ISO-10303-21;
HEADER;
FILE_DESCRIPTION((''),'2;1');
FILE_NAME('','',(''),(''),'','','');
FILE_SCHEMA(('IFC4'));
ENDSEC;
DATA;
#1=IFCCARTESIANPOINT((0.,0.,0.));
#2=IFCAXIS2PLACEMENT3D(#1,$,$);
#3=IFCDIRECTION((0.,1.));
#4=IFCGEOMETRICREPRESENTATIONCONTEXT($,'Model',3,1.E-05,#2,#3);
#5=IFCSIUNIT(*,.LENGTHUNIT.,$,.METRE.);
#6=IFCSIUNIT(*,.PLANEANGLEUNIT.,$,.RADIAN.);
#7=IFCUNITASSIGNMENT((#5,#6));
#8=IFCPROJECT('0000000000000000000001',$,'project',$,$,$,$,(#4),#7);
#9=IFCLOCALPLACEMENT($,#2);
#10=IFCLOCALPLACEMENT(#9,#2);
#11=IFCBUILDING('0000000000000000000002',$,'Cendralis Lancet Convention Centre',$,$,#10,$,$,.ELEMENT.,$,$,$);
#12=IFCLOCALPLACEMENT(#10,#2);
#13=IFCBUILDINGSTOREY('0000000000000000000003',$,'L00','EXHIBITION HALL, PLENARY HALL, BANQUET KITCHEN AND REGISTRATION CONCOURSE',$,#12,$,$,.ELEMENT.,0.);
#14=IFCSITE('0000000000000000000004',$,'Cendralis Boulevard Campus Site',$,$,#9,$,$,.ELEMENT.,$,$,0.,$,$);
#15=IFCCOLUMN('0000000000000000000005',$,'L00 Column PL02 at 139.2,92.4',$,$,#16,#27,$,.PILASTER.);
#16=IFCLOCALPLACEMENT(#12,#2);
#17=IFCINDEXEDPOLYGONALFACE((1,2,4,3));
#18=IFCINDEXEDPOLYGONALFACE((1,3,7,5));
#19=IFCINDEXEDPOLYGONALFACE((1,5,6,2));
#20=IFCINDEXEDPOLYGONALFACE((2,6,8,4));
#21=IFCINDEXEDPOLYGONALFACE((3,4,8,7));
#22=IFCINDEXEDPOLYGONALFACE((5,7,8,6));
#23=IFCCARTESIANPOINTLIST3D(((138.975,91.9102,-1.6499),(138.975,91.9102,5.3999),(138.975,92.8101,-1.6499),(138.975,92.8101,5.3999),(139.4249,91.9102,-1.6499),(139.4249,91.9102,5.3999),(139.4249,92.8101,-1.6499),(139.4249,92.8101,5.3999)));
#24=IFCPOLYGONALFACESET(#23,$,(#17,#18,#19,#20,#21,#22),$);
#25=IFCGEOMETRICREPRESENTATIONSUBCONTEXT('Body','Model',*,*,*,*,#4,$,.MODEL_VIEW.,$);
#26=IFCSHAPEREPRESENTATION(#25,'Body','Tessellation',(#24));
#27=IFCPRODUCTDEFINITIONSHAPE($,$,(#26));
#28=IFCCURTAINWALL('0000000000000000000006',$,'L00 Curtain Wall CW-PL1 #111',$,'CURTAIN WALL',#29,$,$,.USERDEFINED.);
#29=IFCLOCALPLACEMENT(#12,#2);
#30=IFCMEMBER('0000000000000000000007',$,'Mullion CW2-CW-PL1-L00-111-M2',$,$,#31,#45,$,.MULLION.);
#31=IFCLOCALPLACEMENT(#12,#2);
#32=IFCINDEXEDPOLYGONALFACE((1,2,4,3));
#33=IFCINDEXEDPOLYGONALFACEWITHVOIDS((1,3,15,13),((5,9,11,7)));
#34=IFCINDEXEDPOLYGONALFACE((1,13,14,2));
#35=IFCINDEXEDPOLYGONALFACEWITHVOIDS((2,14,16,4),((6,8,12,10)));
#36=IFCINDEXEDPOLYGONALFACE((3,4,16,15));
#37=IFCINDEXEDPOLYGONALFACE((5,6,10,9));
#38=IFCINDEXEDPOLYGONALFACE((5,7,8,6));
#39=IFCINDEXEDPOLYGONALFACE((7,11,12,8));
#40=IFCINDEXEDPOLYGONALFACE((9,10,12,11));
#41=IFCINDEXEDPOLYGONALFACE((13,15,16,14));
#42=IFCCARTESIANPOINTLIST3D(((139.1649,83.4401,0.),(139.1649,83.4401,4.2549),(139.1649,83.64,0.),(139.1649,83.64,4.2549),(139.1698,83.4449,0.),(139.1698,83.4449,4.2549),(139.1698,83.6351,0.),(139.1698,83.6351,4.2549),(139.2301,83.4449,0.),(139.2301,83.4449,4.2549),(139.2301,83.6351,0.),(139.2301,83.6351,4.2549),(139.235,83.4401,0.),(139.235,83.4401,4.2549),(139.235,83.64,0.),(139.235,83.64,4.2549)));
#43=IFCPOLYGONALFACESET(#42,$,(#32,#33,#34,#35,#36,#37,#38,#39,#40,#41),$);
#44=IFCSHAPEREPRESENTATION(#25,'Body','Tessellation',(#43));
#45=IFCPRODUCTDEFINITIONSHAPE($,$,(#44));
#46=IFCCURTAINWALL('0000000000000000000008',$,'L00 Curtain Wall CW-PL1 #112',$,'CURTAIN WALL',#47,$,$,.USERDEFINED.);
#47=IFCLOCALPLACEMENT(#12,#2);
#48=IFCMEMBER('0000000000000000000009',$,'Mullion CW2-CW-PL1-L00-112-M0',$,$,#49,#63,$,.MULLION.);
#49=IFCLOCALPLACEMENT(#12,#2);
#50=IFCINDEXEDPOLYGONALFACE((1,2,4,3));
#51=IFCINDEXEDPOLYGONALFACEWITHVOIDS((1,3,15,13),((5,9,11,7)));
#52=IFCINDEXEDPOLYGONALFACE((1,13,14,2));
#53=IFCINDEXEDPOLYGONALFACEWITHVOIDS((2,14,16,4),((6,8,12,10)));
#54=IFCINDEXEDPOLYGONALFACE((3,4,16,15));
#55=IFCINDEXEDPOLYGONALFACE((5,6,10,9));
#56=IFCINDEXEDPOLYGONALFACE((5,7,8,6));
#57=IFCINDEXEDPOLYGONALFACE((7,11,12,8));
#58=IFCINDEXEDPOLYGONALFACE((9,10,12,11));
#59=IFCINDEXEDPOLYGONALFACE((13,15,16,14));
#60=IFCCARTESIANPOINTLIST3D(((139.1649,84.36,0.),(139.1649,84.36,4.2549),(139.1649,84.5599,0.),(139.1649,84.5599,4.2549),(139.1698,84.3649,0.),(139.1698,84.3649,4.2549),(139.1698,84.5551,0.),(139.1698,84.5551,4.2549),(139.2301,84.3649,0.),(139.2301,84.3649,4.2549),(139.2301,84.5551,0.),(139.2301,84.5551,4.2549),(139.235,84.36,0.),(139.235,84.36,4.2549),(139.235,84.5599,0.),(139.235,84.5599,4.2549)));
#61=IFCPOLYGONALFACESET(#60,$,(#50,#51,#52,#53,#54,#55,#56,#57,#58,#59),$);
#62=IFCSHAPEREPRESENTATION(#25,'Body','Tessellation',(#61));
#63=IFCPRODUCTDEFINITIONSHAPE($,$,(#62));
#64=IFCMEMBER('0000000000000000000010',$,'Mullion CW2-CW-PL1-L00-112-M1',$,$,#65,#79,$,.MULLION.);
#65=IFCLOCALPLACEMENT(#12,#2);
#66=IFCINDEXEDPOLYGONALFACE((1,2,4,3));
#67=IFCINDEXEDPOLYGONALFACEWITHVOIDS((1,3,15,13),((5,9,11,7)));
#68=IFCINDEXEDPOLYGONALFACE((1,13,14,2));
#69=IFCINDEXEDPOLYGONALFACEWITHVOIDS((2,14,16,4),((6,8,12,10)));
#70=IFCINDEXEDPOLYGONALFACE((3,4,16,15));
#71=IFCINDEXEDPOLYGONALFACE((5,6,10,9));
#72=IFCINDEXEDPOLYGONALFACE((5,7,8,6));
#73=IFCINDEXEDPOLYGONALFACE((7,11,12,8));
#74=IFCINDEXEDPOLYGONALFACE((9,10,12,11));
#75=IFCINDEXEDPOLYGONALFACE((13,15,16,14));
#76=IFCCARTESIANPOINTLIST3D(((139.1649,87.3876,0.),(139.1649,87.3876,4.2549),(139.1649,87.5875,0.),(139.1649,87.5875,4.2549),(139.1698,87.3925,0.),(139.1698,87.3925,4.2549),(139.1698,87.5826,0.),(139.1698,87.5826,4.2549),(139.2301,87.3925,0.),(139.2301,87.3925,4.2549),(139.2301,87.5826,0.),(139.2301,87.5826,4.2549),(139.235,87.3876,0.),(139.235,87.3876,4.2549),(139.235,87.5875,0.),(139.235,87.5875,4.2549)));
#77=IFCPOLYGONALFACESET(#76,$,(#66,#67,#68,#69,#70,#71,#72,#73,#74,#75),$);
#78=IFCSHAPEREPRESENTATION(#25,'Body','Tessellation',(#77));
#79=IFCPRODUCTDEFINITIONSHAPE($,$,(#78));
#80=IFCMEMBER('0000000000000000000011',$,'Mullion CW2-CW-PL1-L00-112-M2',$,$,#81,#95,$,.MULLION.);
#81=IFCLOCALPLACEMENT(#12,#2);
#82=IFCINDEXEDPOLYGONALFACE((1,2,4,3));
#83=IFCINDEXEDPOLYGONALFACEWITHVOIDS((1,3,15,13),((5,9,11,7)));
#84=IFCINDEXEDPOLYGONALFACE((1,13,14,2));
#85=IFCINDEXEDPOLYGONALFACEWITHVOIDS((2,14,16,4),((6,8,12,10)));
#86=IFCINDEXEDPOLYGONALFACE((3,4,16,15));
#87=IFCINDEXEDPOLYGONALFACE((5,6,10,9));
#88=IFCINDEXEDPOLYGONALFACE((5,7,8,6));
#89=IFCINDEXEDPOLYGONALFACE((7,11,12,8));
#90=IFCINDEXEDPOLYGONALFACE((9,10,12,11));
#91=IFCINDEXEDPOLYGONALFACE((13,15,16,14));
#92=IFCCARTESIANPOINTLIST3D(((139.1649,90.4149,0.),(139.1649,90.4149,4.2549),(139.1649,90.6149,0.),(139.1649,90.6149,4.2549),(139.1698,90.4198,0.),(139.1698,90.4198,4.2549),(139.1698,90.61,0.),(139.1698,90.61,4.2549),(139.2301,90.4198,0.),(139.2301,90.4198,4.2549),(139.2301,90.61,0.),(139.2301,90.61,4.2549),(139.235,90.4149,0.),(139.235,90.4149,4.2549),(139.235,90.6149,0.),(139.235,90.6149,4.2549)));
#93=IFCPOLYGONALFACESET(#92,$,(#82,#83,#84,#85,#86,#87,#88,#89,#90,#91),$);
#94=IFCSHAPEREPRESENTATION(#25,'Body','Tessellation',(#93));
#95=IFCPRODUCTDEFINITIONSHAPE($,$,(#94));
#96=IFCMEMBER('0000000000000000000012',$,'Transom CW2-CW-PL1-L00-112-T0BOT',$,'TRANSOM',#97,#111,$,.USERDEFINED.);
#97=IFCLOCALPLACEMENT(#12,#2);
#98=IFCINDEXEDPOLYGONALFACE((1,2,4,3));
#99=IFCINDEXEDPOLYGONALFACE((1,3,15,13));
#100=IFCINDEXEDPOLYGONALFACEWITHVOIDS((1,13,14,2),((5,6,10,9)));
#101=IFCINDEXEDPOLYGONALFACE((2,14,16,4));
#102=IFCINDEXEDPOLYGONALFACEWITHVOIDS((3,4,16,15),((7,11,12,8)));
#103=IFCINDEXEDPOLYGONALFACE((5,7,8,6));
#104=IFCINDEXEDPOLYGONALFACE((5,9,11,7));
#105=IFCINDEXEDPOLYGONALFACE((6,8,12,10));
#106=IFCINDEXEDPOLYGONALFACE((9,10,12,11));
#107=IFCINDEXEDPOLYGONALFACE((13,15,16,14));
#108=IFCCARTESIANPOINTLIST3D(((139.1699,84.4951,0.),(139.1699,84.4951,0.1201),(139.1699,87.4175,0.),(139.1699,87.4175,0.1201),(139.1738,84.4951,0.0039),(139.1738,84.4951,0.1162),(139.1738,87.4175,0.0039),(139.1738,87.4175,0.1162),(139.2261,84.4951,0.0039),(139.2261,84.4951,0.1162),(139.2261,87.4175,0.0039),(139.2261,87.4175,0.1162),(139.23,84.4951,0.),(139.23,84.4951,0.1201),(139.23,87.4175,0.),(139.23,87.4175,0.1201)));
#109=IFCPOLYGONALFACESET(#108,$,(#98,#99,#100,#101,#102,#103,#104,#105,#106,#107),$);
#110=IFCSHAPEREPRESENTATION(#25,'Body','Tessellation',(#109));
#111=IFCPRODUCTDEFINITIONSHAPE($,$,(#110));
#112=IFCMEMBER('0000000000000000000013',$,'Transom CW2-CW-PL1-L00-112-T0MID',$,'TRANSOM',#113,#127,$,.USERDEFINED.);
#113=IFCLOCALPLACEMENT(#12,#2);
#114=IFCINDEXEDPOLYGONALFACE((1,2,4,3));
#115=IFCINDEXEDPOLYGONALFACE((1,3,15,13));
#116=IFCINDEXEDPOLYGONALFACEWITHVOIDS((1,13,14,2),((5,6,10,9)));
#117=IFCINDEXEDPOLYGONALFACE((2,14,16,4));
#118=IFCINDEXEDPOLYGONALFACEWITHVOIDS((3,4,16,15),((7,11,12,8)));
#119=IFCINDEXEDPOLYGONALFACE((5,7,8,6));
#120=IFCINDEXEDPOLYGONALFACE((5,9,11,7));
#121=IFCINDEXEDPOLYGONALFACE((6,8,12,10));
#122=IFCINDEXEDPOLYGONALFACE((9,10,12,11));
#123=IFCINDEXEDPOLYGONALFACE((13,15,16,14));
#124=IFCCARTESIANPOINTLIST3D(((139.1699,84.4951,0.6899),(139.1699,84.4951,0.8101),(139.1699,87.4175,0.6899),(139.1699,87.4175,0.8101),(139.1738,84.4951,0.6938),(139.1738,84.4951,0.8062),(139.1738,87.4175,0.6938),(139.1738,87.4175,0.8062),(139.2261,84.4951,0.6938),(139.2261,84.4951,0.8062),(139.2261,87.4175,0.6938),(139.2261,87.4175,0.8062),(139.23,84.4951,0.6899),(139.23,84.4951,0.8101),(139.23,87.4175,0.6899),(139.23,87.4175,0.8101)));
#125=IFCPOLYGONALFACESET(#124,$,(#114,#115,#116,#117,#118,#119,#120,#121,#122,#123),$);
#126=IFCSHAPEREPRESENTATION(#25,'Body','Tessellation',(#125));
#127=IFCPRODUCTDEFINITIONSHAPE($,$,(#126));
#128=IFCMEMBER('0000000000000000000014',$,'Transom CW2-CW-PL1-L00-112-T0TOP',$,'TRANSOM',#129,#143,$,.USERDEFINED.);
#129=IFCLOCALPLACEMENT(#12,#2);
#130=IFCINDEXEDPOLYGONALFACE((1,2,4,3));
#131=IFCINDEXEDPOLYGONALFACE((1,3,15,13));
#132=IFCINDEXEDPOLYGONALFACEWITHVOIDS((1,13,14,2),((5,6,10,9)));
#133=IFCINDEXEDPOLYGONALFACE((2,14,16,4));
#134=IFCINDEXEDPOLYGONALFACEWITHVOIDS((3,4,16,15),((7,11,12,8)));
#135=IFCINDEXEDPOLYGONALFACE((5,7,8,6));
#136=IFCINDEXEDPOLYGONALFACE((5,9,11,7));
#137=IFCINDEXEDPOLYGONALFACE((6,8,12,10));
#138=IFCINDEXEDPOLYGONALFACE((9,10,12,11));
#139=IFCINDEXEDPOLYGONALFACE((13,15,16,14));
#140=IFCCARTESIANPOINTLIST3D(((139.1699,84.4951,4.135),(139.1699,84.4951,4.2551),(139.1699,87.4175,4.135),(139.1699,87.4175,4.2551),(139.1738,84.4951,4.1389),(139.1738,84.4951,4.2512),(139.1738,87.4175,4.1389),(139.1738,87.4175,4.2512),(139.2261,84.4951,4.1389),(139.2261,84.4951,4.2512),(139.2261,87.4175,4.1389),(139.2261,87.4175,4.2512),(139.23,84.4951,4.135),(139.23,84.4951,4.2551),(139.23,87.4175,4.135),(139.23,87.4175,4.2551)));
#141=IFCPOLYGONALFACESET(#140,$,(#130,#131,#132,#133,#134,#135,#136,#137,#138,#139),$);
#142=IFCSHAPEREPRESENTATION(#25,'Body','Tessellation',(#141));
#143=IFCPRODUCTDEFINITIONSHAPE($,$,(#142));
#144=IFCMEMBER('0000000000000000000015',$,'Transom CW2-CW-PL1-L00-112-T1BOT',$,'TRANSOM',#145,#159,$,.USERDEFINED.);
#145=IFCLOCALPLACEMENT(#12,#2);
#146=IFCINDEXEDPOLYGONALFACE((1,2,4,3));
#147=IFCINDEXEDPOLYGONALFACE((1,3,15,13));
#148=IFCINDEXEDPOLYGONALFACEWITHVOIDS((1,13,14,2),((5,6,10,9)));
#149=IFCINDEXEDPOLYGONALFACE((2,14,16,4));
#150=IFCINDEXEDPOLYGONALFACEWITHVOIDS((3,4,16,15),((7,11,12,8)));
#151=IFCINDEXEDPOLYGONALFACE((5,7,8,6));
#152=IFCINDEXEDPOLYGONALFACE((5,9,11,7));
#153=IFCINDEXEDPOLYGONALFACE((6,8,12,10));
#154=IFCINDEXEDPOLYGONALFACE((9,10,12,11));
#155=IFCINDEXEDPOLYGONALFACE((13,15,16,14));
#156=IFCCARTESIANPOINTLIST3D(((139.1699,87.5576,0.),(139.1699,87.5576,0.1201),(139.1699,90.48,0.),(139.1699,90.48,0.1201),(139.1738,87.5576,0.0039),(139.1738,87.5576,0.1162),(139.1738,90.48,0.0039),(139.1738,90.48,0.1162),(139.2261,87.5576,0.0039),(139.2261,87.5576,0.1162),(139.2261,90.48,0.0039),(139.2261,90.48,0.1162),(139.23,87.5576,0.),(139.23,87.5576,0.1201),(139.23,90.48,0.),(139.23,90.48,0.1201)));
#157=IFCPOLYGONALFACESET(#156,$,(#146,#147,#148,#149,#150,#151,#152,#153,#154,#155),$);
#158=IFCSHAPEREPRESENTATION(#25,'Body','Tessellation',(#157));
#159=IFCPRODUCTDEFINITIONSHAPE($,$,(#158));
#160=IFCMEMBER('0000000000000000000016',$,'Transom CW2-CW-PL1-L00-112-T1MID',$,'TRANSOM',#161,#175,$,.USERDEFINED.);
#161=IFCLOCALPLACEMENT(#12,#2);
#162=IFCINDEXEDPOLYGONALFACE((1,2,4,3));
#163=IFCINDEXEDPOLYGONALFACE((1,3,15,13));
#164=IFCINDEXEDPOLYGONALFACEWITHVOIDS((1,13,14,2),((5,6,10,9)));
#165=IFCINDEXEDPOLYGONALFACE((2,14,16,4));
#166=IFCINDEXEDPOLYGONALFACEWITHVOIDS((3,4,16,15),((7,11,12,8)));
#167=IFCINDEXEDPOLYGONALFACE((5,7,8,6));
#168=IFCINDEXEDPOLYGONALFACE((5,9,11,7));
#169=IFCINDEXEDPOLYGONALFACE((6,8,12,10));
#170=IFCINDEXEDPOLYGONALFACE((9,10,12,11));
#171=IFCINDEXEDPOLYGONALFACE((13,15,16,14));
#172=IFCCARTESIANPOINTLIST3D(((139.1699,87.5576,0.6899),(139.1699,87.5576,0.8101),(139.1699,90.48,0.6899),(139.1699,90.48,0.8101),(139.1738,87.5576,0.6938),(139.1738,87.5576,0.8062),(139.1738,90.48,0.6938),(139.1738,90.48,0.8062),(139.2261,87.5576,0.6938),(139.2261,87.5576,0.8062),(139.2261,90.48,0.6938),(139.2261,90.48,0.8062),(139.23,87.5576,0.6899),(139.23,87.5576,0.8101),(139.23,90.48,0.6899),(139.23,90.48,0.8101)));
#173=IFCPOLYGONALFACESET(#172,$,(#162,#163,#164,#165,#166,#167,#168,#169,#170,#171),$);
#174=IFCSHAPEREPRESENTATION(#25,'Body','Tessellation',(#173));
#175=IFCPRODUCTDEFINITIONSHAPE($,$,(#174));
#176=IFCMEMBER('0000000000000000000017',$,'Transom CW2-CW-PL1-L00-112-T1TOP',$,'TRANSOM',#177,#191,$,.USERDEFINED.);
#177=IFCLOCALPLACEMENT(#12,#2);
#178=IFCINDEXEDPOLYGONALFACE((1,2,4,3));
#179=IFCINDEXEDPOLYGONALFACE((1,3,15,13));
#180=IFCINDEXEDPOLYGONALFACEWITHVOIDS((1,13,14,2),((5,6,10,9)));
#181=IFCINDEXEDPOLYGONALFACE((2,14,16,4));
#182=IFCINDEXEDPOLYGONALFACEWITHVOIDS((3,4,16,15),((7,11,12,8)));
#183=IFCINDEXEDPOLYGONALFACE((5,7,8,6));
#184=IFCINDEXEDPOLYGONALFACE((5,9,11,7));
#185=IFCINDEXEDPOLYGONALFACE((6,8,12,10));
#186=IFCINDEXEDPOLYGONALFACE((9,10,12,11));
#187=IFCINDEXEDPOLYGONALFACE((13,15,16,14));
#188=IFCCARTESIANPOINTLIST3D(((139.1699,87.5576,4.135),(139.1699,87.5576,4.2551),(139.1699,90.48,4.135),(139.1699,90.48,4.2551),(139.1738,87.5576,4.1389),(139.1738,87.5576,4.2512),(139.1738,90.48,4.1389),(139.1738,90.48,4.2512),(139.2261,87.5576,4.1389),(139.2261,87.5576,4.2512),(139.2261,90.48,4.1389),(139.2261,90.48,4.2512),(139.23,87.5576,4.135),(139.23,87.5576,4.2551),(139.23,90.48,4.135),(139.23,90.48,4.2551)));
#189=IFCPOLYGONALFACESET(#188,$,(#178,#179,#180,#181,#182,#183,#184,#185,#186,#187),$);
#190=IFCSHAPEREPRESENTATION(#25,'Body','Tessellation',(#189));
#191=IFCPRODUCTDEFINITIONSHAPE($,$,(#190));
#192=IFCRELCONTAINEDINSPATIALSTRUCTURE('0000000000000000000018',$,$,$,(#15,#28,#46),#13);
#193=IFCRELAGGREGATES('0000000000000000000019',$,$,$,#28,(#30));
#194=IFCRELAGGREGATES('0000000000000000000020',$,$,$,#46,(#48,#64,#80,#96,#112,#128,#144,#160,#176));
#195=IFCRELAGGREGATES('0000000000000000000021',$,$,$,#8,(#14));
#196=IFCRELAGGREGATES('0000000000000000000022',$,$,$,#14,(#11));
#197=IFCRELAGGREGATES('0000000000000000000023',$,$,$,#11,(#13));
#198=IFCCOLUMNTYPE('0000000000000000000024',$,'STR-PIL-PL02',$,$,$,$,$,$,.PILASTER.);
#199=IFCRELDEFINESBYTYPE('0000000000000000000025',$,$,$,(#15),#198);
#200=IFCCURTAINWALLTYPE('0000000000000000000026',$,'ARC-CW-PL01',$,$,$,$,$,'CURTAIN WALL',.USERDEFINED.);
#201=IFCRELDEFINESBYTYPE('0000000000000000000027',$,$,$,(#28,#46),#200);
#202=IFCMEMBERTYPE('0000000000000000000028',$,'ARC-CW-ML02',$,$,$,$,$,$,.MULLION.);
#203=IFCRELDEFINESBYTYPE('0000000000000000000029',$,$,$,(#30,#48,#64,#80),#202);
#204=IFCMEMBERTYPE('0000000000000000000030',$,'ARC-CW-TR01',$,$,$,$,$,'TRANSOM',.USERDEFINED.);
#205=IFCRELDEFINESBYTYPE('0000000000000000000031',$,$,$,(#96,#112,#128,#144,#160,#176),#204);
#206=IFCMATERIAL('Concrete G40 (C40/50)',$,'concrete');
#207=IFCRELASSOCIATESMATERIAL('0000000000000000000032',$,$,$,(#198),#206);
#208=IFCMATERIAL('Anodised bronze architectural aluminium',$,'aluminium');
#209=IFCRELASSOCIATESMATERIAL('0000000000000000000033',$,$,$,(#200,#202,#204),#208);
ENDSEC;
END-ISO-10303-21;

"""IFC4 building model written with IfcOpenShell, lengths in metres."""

from ifc_helpers import new_model, si_unit, direction, frame, origin, origin_2d, place, context, subcontext, project, spatial, rectangle, hollow_rectangle, extrude, material, material_profile, profile_set, type_object, element, aggregate, save


model = new_model("IFC4")

# Units and contexts
model_context = context("Model", 3, precision=1e-05, world=origin(), true_north=direction((0.0, 1.0)))
body_context = subcontext(model_context, "Body", "Model", "MODEL_VIEW")
ifc_project = project(units=[si_unit("LENGTHUNIT", "METRE"), si_unit("PLANEANGLEUNIT", "RADIAN")], contexts=[model_context])

# Site, building, storey
site_placement = place(None, origin())
site = spatial("IfcSite", under=ifc_project, at=site_placement, Name="Cendralis Boulevard Campus Site", CompositionType="ELEMENT", RefElevation=0.0)
building_placement = place(site_placement, origin())
building = spatial("IfcBuilding", under=site, at=building_placement, Name="Cendralis Lancet Convention Centre", CompositionType="ELEMENT")
storey_placement = place(building_placement, origin())
storey = spatial("IfcBuildingStorey", under=building, at=storey_placement, Name="L00", Description="EXHIBITION HALL, PLENARY HALL, BANQUET KITCHEN AND REGISTRATION CONCOURSE", CompositionType="ELEMENT", Elevation=0.0)

# Column
ifc_material_1 = material(Name="Concrete G40 (C40/50)", Category="concrete")
ifc_material_profile_1 = material_profile(ifc_material_1, rectangle(XDim=0.45, YDim=0.8999, at=origin_2d()), Name="RC 450x900")
ifc_profile_set_1 = profile_set([ifc_material_profile_1], Name="Concrete G40 (C40/50)")
column_type_1 = type_object("IfcColumnType", Name="STR-PIL-PL02", PredefinedType="PILASTER", material=ifc_profile_set_1)
column_1_placement = place(storey_placement, frame((139.2, 92.3601, -1.6499), z_axis=(0.0, 0.0, 1.0), x_axis=(1.0, 0.0, 0.0)))
element("IfcColumn", 1, at=column_1_placement, inside=storey, type_object=column_type_1, Name="L00 Column PL02 at 139.2,92.4", PredefinedType="PILASTER", context=body_context, shape_type="SweptSolid", body=[
    extrude(rectangle(XDim=0.45, YDim=0.8999, at=origin_2d()), origin(), (0.0, 0.0, 1.0), 7.0498),
])

# Curtain wall, member
ifc_material_2 = material(Name="Anodised bronze architectural aluminium", Category="aluminium")
curtain_wall_type = type_object("IfcCurtainWallType", Name="ARC-CW-PL01", ElementType="CURTAIN WALL", PredefinedType="USERDEFINED", material=ifc_material_2)
curtain_wall_1_placement = place(storey_placement, origin())
curtain_wall_1 = element("IfcCurtainWall", 2, at=curtain_wall_1_placement, inside=storey, type_object=curtain_wall_type, Name="L00 Curtain Wall CW-PL1 #111", ObjectType="CURTAIN WALL", PredefinedType="USERDEFINED")
ifc_material_profile_2 = material_profile(ifc_material_2, hollow_rectangle(XDim=0.0701, YDim=0.2, WallThickness=0.0049, at=origin_2d()), Name="AL-MULL 70x200x5.0")
ifc_profile_set_2 = profile_set([ifc_material_profile_2], Name="Anodised bronze architectural aluminium")
member_type_1 = type_object("IfcMemberType", Name="ARC-CW-ML02", PredefinedType="MULLION", material=ifc_profile_set_2)
member_1_placement = place(storey_placement, frame((139.2, 83.54, 0.0), z_axis=(0.0, 0.0, 1.0), x_axis=(1.0, 0.0, 0.0)))
member_1 = element("IfcMember", 3, at=member_1_placement, type_object=member_type_1, Name="Mullion CW2-CW-PL1-L00-111-M2", PredefinedType="MULLION", context=body_context, shape_type="SweptSolid", body=[
    extrude(hollow_rectangle(XDim=0.0701, YDim=0.2, WallThickness=0.0049, at=origin_2d()), origin(), (0.0, 0.0, 1.0), 4.2549),
])

# Curtain wall, members
curtain_wall_2_placement = place(storey_placement, origin())
curtain_wall_2 = element("IfcCurtainWall", 4, at=curtain_wall_2_placement, inside=storey, type_object=curtain_wall_type, Name="L00 Curtain Wall CW-PL1 #112", ObjectType="CURTAIN WALL", PredefinedType="USERDEFINED")
member_2_placement = place(storey_placement, frame((139.2, 84.46, 0.0), z_axis=(0.0, 0.0, 1.0), x_axis=(1.0, 0.0, 0.0)))
member_2 = element("IfcMember", 5, at=member_2_placement, type_object=member_type_1, Name="Mullion CW2-CW-PL1-L00-112-M0", PredefinedType="MULLION", context=body_context, shape_type="SweptSolid", body=[
    extrude(hollow_rectangle(XDim=0.0701, YDim=0.2, WallThickness=0.0049, at=origin_2d()), origin(), (0.0, 0.0, 1.0), 4.2549),
])
member_3_placement = place(storey_placement, frame((139.2, 87.4875, 0.0), z_axis=(0.0, 0.0, 1.0), x_axis=(1.0, 0.0, 0.0)))
member_3 = element("IfcMember", 6, at=member_3_placement, type_object=member_type_1, Name="Mullion CW2-CW-PL1-L00-112-M1", PredefinedType="MULLION", context=body_context, shape_type="SweptSolid", body=[
    extrude(hollow_rectangle(XDim=0.0701, YDim=0.2, WallThickness=0.0049, at=origin_2d()), origin(), (0.0, 0.0, 1.0), 4.2549),
])
member_4_placement = place(storey_placement, frame((139.2, 90.5149, 0.0), z_axis=(0.0, 0.0, 1.0), x_axis=(1.0, 0.0, 0.0)))
member_4 = element("IfcMember", 7, at=member_4_placement, type_object=member_type_1, Name="Mullion CW2-CW-PL1-L00-112-M2", PredefinedType="MULLION", context=body_context, shape_type="SweptSolid", body=[
    extrude(hollow_rectangle(XDim=0.0701, YDim=0.2, WallThickness=0.0049, at=origin_2d()), origin(), (0.0, 0.0, 1.0), 4.2549),
])
ifc_material_profile_3 = material_profile(ifc_material_2, hollow_rectangle(XDim=0.0601, YDim=0.1201, WallThickness=0.0039, at=origin_2d()), Name="AL-TRAN 60x120x4.0")
ifc_profile_set_3 = profile_set([ifc_material_profile_3], Name="Anodised bronze architectural aluminium")
member_type_2 = type_object("IfcMemberType", Name="ARC-CW-TR01", ElementType="TRANSOM", PredefinedType="USERDEFINED", material=ifc_profile_set_3)
member_5_placement = place(storey_placement, frame((139.2, 84.4951, 0.0601), z_axis=(0.0, 1.0, 0.0), x_axis=(-1.0, 0.0, 0.0)))
member_5 = element("IfcMember", 8, at=member_5_placement, type_object=member_type_2, Name="Transom CW2-CW-PL1-L00-112-T0BOT", ObjectType="TRANSOM", PredefinedType="USERDEFINED", context=body_context, shape_type="SweptSolid", body=[
    extrude(hollow_rectangle(XDim=0.0601, YDim=0.1201, WallThickness=0.0039, at=origin_2d()), origin(), (0.0, 0.0, 1.0), 2.9224),
])
member_6_placement = place(storey_placement, frame((139.2, 84.4951, 0.75), z_axis=(0.0, 1.0, 0.0), x_axis=(-1.0, 0.0, 0.0)))
member_6 = element("IfcMember", 9, at=member_6_placement, type_object=member_type_2, Name="Transom CW2-CW-PL1-L00-112-T0MID", ObjectType="TRANSOM", PredefinedType="USERDEFINED", context=body_context, shape_type="SweptSolid", body=[
    extrude(hollow_rectangle(XDim=0.0601, YDim=0.1201, WallThickness=0.0039, at=origin_2d()), origin(), (0.0, 0.0, 1.0), 2.9224),
])
member_7_placement = place(storey_placement, frame((139.2, 84.4951, 4.1951), z_axis=(0.0, 1.0, 0.0), x_axis=(-1.0, 0.0, 0.0)))
member_7 = element("IfcMember", 10, at=member_7_placement, type_object=member_type_2, Name="Transom CW2-CW-PL1-L00-112-T0TOP", ObjectType="TRANSOM", PredefinedType="USERDEFINED", context=body_context, shape_type="SweptSolid", body=[
    extrude(hollow_rectangle(XDim=0.0601, YDim=0.1201, WallThickness=0.0039, at=origin_2d()), origin(), (0.0, 0.0, 1.0), 2.9224),
])
member_8_placement = place(storey_placement, frame((139.2, 87.5576, 0.0601), z_axis=(0.0, 1.0, 0.0), x_axis=(-1.0, 0.0, 0.0)))
member_8 = element("IfcMember", 11, at=member_8_placement, type_object=member_type_2, Name="Transom CW2-CW-PL1-L00-112-T1BOT", ObjectType="TRANSOM", PredefinedType="USERDEFINED", context=body_context, shape_type="SweptSolid", body=[
    extrude(hollow_rectangle(XDim=0.0601, YDim=0.1201, WallThickness=0.0039, at=origin_2d()), origin(), (0.0, 0.0, 1.0), 2.9224),
])
member_9_placement = place(storey_placement, frame((139.2, 87.5576, 0.75), z_axis=(0.0, 1.0, 0.0), x_axis=(-1.0, 0.0, 0.0)))
member_9 = element("IfcMember", 12, at=member_9_placement, type_object=member_type_2, Name="Transom CW2-CW-PL1-L00-112-T1MID", ObjectType="TRANSOM", PredefinedType="USERDEFINED", context=body_context, shape_type="SweptSolid", body=[
    extrude(hollow_rectangle(XDim=0.0601, YDim=0.1201, WallThickness=0.0039, at=origin_2d()), origin(), (0.0, 0.0, 1.0), 2.9224),
])
member_10_placement = place(storey_placement, frame((139.2, 87.5576, 4.1951), z_axis=(0.0, 1.0, 0.0), x_axis=(-1.0, 0.0, 0.0)))
member_10 = element("IfcMember", 13, at=member_10_placement, type_object=member_type_2, Name="Transom CW2-CW-PL1-L00-112-T1TOP", ObjectType="TRANSOM", PredefinedType="USERDEFINED", context=body_context, shape_type="SweptSolid", body=[
    extrude(hollow_rectangle(XDim=0.0601, YDim=0.1201, WallThickness=0.0039, at=origin_2d()), origin(), (0.0, 0.0, 1.0), 2.9224),
])

aggregate(curtain_wall_1, [member_1])
aggregate(curtain_wall_2, [member_2, member_3, member_4, member_5, member_6, member_7, member_8, member_9, member_10])

save(model, "model.ifc")
